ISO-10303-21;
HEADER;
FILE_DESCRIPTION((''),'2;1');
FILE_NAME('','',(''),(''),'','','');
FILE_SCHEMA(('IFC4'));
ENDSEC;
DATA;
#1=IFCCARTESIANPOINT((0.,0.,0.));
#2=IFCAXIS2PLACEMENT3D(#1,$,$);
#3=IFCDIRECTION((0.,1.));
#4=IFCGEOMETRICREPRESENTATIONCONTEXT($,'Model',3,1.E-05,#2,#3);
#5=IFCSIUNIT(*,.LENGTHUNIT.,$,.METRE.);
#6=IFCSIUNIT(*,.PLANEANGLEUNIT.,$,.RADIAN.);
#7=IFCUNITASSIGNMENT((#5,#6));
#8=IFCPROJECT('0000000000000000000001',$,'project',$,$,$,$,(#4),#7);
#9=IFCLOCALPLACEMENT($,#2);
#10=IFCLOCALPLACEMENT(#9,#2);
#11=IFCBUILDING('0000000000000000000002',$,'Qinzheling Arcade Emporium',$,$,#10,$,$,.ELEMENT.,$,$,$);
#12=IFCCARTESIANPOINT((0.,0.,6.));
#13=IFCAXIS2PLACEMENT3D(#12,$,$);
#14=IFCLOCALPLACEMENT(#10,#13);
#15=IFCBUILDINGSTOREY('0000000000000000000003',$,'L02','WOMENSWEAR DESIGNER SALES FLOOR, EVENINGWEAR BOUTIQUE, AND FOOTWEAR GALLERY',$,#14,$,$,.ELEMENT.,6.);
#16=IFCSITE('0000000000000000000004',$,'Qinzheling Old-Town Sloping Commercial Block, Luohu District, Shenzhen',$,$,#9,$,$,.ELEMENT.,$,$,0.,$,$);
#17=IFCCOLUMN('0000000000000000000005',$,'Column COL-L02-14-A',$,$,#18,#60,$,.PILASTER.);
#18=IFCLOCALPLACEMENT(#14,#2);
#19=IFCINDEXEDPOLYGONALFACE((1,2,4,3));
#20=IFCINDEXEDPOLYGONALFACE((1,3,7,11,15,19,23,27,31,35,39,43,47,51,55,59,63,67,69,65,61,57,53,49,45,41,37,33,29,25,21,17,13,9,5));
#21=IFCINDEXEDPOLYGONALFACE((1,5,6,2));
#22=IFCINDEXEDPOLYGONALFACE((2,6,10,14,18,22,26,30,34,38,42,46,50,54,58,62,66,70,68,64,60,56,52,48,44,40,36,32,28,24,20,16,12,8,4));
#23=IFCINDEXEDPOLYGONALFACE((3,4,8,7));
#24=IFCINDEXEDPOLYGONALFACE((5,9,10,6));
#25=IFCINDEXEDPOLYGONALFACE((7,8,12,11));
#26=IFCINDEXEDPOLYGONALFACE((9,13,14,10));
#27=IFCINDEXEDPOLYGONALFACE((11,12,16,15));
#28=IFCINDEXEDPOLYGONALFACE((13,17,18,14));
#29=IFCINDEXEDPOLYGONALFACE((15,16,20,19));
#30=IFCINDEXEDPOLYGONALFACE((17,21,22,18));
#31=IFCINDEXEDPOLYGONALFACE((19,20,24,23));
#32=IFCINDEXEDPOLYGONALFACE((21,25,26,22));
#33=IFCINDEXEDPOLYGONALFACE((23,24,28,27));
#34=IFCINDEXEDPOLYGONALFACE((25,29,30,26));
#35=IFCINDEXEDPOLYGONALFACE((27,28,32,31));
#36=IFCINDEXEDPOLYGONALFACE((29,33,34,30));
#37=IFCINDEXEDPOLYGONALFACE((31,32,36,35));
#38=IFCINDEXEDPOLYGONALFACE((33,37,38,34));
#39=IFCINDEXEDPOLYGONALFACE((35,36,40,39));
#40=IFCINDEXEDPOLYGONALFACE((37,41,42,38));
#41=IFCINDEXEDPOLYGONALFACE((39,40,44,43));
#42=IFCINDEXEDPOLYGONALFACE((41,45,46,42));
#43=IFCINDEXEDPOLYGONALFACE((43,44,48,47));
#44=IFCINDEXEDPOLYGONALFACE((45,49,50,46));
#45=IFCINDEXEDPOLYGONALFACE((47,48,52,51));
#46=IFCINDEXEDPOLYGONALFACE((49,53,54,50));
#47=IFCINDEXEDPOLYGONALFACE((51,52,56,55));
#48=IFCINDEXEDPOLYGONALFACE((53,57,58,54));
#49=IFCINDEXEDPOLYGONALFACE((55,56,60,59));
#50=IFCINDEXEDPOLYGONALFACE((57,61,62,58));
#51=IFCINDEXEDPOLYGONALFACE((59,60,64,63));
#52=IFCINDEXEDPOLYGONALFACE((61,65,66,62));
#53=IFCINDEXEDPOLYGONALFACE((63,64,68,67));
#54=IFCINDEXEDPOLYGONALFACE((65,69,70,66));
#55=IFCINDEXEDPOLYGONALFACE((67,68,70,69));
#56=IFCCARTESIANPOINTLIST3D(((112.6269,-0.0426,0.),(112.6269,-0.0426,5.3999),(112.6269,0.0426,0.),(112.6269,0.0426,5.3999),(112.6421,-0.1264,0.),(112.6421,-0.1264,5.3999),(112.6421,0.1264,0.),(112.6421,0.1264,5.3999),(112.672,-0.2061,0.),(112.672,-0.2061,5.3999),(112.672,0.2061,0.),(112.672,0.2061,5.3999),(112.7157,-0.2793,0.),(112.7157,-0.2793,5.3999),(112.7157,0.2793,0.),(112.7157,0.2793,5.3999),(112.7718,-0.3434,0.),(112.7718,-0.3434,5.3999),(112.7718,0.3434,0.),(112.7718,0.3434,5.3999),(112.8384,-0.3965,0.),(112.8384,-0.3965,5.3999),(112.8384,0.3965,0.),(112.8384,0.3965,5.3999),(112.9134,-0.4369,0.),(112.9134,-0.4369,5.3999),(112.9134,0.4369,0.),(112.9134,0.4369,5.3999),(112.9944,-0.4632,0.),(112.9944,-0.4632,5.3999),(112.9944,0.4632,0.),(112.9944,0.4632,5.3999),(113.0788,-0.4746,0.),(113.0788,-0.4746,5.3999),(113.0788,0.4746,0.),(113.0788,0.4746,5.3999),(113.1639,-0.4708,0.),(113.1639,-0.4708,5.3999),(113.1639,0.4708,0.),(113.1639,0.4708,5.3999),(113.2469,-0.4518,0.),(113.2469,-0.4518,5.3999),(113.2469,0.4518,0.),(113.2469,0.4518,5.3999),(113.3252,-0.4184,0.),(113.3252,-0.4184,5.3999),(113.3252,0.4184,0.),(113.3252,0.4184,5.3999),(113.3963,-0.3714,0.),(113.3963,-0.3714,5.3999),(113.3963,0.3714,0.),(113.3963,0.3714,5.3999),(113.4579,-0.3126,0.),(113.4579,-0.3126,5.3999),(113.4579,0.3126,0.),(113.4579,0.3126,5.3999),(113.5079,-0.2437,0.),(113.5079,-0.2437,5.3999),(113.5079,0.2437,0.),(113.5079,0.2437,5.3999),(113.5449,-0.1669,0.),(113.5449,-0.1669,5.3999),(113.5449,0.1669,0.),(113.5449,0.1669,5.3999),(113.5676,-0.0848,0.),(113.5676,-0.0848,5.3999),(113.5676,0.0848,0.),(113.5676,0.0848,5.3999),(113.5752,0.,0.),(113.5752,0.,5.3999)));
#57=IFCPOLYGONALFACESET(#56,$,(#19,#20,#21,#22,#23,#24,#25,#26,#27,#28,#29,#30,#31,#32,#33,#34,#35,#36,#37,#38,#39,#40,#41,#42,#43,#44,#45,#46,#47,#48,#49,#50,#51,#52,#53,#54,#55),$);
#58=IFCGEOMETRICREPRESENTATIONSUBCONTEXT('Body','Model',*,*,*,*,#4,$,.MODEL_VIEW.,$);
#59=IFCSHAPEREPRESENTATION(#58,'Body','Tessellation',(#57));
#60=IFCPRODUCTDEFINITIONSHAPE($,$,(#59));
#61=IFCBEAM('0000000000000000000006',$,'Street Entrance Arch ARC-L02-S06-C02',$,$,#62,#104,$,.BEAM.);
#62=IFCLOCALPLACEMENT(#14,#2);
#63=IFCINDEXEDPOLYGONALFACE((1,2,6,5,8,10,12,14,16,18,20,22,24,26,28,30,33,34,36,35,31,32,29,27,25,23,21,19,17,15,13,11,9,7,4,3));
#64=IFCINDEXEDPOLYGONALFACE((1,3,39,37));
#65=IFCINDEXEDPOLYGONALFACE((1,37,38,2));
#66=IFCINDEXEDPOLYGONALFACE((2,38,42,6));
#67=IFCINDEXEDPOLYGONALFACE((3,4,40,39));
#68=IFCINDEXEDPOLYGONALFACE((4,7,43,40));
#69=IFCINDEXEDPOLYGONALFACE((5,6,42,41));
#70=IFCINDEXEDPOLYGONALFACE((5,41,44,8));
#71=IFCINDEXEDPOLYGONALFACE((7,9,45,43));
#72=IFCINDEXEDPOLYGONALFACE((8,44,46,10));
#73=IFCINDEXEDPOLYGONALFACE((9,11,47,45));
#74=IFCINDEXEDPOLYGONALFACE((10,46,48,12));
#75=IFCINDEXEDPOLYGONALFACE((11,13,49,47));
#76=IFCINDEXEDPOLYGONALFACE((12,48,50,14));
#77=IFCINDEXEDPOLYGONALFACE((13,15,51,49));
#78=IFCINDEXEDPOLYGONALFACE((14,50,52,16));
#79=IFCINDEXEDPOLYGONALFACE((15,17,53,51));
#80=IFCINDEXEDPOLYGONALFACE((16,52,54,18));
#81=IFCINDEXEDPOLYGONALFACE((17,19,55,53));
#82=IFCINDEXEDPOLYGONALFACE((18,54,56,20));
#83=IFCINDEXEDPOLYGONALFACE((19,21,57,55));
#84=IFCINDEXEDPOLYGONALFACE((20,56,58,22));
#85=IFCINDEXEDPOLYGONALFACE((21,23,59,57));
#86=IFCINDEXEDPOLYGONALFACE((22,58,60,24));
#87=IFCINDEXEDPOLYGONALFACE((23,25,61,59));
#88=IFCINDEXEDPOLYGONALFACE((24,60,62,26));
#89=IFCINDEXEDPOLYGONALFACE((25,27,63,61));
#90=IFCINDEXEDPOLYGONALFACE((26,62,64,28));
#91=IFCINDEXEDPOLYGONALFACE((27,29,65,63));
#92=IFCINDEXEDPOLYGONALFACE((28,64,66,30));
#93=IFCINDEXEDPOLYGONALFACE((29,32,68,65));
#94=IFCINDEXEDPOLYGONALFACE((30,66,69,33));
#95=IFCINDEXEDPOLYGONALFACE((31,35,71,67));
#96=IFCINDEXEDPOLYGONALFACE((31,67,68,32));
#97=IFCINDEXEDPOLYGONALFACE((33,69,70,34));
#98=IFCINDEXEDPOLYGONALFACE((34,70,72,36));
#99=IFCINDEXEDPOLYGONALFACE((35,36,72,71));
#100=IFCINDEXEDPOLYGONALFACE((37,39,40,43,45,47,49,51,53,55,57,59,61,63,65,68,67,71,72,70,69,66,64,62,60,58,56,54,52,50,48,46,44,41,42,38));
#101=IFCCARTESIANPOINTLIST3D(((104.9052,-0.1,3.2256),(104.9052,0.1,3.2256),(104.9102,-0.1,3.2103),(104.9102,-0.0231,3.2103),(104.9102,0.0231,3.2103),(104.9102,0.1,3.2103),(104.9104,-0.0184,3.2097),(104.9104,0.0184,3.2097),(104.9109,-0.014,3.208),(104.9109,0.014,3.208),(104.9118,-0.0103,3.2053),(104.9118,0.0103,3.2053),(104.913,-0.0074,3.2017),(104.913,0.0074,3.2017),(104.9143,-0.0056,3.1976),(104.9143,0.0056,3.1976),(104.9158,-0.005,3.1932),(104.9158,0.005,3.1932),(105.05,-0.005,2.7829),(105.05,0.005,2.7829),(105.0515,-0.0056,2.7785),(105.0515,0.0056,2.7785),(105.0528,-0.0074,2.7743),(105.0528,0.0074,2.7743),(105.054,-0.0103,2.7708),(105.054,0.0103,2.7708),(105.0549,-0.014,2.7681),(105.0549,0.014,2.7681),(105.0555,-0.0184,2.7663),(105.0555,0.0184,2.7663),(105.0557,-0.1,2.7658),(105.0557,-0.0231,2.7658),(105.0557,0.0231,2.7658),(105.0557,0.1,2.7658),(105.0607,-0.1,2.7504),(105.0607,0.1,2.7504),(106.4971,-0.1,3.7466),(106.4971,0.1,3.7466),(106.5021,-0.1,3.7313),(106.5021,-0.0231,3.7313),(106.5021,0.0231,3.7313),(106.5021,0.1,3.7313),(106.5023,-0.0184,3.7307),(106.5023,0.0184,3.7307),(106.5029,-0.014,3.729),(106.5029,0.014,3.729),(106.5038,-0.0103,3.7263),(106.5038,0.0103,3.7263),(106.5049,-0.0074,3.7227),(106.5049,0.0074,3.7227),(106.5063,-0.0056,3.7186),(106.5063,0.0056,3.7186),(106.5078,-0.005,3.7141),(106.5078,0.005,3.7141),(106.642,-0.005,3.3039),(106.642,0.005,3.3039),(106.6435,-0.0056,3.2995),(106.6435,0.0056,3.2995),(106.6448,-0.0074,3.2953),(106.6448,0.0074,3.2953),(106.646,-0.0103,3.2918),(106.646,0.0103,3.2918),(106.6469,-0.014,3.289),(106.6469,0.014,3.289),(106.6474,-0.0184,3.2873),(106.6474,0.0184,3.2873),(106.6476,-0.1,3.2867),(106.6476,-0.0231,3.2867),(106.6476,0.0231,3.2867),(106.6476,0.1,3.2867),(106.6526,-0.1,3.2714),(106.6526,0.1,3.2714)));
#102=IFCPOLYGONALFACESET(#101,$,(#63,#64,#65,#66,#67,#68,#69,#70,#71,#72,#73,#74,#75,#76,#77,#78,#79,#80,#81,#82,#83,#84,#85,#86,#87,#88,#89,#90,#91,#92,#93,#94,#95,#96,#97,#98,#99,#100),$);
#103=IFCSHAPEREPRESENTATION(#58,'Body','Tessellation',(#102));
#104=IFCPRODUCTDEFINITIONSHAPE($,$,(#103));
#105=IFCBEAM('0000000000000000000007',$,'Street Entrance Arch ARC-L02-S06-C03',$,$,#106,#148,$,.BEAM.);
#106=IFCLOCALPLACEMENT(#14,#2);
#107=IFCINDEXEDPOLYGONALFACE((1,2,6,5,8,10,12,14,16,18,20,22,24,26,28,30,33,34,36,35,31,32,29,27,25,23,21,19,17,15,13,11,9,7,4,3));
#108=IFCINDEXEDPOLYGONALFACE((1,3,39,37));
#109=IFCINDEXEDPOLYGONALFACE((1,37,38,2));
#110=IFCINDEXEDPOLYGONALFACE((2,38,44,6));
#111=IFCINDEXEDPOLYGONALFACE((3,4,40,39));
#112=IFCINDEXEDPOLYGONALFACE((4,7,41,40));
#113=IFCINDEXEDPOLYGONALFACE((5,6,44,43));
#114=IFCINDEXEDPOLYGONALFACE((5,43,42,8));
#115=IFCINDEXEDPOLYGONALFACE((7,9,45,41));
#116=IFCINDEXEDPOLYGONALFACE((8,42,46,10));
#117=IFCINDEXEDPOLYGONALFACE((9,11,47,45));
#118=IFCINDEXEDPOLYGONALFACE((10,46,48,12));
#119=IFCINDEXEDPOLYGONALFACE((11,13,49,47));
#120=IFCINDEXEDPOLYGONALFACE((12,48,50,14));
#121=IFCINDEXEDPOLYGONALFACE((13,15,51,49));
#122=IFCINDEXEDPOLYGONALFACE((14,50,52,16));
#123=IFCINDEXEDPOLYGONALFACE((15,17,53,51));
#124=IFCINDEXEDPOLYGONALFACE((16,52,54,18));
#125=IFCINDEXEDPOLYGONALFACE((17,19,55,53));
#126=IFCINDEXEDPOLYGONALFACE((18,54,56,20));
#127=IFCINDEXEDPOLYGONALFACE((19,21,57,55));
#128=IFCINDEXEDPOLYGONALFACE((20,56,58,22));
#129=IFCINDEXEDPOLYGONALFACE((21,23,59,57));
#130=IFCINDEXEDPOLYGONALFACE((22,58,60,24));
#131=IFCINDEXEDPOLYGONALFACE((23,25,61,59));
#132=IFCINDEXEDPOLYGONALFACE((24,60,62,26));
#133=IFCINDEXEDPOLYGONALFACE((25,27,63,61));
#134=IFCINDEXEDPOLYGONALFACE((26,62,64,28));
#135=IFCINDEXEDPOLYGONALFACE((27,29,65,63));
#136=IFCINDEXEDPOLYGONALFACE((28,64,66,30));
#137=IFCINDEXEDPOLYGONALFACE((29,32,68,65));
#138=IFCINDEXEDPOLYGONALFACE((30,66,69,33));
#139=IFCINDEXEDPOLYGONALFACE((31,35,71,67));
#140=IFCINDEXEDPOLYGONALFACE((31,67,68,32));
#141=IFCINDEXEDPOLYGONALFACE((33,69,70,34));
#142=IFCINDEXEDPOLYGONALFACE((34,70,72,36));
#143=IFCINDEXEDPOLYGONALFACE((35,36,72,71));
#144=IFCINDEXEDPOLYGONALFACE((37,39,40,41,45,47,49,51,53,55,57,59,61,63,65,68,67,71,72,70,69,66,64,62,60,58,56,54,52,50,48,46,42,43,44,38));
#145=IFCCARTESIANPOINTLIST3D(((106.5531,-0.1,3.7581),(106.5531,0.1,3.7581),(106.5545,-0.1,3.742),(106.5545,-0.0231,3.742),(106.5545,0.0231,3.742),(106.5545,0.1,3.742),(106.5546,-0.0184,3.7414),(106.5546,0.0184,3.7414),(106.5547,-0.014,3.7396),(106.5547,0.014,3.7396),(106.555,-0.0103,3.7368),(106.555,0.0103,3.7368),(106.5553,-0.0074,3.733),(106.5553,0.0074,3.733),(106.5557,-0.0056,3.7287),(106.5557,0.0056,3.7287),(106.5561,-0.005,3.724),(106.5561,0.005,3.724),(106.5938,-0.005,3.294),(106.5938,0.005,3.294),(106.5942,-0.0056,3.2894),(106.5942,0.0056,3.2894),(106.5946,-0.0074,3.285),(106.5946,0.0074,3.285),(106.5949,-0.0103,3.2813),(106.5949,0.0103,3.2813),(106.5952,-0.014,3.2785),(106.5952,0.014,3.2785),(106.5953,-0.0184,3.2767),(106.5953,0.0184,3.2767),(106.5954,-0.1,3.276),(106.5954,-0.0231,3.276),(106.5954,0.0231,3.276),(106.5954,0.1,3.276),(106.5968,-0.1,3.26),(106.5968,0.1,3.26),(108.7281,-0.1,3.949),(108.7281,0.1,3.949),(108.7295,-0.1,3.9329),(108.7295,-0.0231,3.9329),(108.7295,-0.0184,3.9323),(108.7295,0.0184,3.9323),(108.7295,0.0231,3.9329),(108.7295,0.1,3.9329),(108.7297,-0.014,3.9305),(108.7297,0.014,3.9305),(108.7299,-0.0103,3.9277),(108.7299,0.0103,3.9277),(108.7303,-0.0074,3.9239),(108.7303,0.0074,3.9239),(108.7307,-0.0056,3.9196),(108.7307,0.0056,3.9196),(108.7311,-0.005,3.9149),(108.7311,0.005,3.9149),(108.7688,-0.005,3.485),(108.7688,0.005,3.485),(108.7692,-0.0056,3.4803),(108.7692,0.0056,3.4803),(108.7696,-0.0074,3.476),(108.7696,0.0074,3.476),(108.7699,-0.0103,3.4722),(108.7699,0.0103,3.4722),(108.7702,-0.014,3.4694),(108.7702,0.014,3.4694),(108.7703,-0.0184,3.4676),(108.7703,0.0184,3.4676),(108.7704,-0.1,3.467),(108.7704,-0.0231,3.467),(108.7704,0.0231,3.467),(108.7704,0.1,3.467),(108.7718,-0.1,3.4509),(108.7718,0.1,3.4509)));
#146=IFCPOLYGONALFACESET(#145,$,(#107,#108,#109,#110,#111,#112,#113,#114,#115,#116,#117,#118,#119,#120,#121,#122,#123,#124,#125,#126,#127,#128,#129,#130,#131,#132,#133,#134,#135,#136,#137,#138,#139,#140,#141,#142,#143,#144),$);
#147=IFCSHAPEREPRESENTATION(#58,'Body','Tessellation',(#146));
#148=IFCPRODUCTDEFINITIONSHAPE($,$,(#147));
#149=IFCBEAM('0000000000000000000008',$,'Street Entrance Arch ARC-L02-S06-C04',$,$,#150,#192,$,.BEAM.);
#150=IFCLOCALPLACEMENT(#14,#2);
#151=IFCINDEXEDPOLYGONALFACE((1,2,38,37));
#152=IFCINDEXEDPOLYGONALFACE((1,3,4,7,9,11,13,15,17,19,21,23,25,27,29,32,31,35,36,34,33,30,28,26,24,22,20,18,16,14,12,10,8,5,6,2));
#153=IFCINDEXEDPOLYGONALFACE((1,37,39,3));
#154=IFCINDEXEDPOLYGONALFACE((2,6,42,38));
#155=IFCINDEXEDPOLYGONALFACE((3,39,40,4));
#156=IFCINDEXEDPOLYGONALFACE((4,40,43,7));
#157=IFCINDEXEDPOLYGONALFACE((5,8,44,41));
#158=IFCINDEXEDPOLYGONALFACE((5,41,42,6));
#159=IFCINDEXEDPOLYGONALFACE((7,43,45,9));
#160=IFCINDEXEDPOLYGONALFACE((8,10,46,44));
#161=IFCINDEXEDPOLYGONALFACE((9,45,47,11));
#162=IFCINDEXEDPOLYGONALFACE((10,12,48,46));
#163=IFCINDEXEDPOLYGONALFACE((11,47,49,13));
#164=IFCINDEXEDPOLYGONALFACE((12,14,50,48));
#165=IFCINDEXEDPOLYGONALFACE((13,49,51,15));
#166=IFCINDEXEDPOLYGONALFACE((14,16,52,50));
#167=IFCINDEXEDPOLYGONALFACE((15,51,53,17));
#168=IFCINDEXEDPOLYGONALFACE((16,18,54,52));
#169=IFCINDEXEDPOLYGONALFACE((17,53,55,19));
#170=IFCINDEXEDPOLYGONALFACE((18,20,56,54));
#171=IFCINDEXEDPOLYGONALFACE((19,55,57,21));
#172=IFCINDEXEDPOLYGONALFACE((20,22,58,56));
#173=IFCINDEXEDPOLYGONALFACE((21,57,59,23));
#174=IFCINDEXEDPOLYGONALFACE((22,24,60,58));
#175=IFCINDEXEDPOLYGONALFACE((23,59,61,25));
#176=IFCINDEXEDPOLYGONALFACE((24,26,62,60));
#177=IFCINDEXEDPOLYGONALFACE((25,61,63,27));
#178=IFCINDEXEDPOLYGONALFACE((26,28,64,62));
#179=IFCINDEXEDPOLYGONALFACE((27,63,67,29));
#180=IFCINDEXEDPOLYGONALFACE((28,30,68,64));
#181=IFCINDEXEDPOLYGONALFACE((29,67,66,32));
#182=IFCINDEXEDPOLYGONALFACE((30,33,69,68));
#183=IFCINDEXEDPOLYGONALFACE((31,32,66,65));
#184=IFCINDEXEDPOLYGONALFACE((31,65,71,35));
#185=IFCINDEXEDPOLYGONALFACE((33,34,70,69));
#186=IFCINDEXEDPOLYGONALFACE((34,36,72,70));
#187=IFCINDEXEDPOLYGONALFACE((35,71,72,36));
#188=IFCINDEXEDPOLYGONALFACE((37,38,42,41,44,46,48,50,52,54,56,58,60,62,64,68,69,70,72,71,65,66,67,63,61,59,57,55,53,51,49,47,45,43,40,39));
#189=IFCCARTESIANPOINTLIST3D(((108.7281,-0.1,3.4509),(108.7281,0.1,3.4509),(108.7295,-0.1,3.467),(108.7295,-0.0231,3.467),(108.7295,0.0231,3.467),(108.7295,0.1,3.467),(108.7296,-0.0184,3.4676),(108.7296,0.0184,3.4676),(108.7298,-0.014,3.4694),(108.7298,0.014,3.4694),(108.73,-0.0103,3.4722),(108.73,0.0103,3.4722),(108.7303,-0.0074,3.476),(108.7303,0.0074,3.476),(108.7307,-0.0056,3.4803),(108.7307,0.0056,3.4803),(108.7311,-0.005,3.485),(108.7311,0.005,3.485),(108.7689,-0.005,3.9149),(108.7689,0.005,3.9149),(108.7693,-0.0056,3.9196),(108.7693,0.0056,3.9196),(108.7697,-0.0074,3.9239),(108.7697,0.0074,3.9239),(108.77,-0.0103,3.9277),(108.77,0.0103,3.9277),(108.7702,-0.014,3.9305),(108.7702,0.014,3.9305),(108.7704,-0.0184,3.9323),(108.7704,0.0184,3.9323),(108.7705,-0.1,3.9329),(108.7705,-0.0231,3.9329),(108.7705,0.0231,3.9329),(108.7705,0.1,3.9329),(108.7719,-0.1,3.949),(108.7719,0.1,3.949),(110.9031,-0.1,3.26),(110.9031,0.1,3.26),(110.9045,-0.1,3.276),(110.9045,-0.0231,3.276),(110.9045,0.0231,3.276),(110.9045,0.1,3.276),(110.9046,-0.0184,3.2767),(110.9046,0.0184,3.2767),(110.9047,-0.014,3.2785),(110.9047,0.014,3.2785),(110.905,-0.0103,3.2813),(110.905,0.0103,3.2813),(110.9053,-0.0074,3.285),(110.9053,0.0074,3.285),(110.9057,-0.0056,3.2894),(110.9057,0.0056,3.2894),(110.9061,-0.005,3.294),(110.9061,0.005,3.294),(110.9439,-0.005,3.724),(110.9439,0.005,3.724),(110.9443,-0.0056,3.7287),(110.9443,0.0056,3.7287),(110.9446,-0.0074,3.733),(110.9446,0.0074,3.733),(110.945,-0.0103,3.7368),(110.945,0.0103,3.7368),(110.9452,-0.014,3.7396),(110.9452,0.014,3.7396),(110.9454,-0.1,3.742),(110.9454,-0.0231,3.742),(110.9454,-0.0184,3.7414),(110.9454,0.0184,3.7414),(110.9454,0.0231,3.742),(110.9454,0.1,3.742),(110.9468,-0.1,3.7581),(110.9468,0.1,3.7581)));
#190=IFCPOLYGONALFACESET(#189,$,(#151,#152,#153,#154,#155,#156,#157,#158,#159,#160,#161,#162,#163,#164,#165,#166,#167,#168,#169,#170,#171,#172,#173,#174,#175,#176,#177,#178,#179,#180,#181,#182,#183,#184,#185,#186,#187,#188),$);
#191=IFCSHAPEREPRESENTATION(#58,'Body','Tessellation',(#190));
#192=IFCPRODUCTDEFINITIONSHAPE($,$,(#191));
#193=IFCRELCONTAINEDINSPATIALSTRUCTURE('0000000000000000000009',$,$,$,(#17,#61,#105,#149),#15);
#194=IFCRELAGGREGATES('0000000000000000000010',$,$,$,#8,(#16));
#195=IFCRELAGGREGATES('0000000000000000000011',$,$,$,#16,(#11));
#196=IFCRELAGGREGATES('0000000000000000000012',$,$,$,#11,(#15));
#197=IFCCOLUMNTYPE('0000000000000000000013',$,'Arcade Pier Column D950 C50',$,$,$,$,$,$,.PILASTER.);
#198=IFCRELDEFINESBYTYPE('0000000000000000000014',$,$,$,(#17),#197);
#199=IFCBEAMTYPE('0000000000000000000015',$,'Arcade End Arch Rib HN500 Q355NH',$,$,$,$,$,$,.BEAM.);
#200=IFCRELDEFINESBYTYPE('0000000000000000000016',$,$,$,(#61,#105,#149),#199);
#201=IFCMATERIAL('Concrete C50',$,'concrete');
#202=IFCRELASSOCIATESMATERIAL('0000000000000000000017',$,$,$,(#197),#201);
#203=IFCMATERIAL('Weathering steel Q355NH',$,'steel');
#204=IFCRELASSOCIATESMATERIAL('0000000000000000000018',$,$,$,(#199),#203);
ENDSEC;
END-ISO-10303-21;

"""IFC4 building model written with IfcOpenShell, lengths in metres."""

from ifc_helpers import new_model, si_unit, direction, frame, origin, origin_2d, place, context, subcontext, project, spatial, circle, i_section, extrude, material, material_profile, profile_set, type_object, element, save


model = new_model("IFC4")

# Units and contexts
model_context = context("Model", 3, precision=1e-05, world=origin(), true_north=direction((0.0, 1.0)))
body_context = subcontext(model_context, "Body", "Model", "MODEL_VIEW")
ifc_project = project(units=[si_unit("LENGTHUNIT", "METRE"), si_unit("PLANEANGLEUNIT", "RADIAN")], contexts=[model_context])

# Site, building, storey
site_placement = place(None, origin())
site = spatial("IfcSite", under=ifc_project, at=site_placement, Name="Qinzheling Old-Town Sloping Commercial Block, Luohu District, Shenzhen", CompositionType="ELEMENT", RefElevation=0.0)
building_placement = place(site_placement, origin())
building = spatial("IfcBuilding", under=site, at=building_placement, Name="Qinzheling Arcade Emporium", CompositionType="ELEMENT")
storey_placement = place(building_placement, frame((0.0, 0.0, 6.0)))
storey = spatial("IfcBuildingStorey", under=building, at=storey_placement, Name="L02", Description="WOMENSWEAR DESIGNER SALES FLOOR, EVENINGWEAR BOUTIQUE, AND FOOTWEAR GALLERY", CompositionType="ELEMENT", Elevation=6.0)

# Column
ifc_material_1 = material(Name="Concrete C50", Category="concrete")
ifc_material_profile_1 = material_profile(ifc_material_1, circle(Radius=0.4751, at=origin_2d()), Name="RC D950", Category="concrete")
ifc_profile_set_1 = profile_set([ifc_material_profile_1], Name="Concrete C50")
column_type = type_object("IfcColumnType", Name="Arcade Pier Column D950 C50", PredefinedType="PILASTER", material=ifc_profile_set_1)
column_placement = place(storey_placement, frame((113.1001, 0.0, 0.0), z_axis=(0.0, 0.0, 1.0), x_axis=(1.0, 0.0, 0.0)))
element("IfcColumn", 1, at=column_placement, inside=storey, type_object=column_type, Name="Column COL-L02-14-A", PredefinedType="PILASTER", context=body_context, shape_type="SweptSolid", body=[
    extrude(circle(Radius=0.4751, at=origin_2d()), origin(), (0.0, 0.0, 1.0), 5.3999),
])

# Beams
ifc_material_2 = material(Name="Weathering steel Q355NH", Category="steel")
ifc_material_profile_2 = material_profile(ifc_material_2, i_section(OverallWidth=0.2, OverallDepth=0.5, WebThickness=0.01, FlangeThickness=0.0161, FilletRadius=0.0181, at=origin_2d()), Name="HN 500x200x10x16", Category="steel")
ifc_profile_set_2 = profile_set([ifc_material_profile_2], Name="Weathering steel Q355NH")
beam_type_1 = type_object("IfcBeamType", Name="Arcade End Arch Rib HN500 Q355NH", PredefinedType="BEAM", material=ifc_profile_set_2)
beam_1_placement = place(storey_placement, frame((104.9829, 0.0, 2.988), z_axis=(0.950403, 0.0, 0.31102), x_axis=(0.0, 1.0, 0.0)))
element("IfcBeam", 2, at=beam_1_placement, inside=storey, type_object=beam_type_1, Name="Street Entrance Arch ARC-L02-S06-C02", PredefinedType="BEAM", context=body_context, shape_type="SweptSolid", body=[
    extrude(i_section(OverallWidth=0.2, OverallDepth=0.5, WebThickness=0.01, FlangeThickness=0.0161, FilletRadius=0.0181, at=origin_2d()), origin(), (0.0, 0.0, 1.0), 1.675),
])
for number, where, z_axis, x_axis, name in (
    (3, (106.575, 0.0, 3.509), (0.99617, 0.0, 0.08744), (0.0, 1.0, 0.0), "Street Entrance Arch ARC-L02-S06-C03"),
    (4, (108.75, 0.0, 3.7), (0.99617, 0.0, -0.08744), (0.0, 1.0, 0.0), "Street Entrance Arch ARC-L02-S06-C04"),
):
    element("IfcBeam", number, at=place(storey_placement, frame(where, z_axis=z_axis, x_axis=x_axis)), inside=storey, type_object=beam_type_1, Name=name, PredefinedType="BEAM", context=body_context, shape_type="SweptSolid", body=[
        extrude(i_section(OverallWidth=0.2, OverallDepth=0.5, WebThickness=0.01, FlangeThickness=0.0161, FilletRadius=0.0181, at=origin_2d()), origin(), (0.0, 0.0, 1.0), 2.1833),
    ])

save(model, "model.ifc")
